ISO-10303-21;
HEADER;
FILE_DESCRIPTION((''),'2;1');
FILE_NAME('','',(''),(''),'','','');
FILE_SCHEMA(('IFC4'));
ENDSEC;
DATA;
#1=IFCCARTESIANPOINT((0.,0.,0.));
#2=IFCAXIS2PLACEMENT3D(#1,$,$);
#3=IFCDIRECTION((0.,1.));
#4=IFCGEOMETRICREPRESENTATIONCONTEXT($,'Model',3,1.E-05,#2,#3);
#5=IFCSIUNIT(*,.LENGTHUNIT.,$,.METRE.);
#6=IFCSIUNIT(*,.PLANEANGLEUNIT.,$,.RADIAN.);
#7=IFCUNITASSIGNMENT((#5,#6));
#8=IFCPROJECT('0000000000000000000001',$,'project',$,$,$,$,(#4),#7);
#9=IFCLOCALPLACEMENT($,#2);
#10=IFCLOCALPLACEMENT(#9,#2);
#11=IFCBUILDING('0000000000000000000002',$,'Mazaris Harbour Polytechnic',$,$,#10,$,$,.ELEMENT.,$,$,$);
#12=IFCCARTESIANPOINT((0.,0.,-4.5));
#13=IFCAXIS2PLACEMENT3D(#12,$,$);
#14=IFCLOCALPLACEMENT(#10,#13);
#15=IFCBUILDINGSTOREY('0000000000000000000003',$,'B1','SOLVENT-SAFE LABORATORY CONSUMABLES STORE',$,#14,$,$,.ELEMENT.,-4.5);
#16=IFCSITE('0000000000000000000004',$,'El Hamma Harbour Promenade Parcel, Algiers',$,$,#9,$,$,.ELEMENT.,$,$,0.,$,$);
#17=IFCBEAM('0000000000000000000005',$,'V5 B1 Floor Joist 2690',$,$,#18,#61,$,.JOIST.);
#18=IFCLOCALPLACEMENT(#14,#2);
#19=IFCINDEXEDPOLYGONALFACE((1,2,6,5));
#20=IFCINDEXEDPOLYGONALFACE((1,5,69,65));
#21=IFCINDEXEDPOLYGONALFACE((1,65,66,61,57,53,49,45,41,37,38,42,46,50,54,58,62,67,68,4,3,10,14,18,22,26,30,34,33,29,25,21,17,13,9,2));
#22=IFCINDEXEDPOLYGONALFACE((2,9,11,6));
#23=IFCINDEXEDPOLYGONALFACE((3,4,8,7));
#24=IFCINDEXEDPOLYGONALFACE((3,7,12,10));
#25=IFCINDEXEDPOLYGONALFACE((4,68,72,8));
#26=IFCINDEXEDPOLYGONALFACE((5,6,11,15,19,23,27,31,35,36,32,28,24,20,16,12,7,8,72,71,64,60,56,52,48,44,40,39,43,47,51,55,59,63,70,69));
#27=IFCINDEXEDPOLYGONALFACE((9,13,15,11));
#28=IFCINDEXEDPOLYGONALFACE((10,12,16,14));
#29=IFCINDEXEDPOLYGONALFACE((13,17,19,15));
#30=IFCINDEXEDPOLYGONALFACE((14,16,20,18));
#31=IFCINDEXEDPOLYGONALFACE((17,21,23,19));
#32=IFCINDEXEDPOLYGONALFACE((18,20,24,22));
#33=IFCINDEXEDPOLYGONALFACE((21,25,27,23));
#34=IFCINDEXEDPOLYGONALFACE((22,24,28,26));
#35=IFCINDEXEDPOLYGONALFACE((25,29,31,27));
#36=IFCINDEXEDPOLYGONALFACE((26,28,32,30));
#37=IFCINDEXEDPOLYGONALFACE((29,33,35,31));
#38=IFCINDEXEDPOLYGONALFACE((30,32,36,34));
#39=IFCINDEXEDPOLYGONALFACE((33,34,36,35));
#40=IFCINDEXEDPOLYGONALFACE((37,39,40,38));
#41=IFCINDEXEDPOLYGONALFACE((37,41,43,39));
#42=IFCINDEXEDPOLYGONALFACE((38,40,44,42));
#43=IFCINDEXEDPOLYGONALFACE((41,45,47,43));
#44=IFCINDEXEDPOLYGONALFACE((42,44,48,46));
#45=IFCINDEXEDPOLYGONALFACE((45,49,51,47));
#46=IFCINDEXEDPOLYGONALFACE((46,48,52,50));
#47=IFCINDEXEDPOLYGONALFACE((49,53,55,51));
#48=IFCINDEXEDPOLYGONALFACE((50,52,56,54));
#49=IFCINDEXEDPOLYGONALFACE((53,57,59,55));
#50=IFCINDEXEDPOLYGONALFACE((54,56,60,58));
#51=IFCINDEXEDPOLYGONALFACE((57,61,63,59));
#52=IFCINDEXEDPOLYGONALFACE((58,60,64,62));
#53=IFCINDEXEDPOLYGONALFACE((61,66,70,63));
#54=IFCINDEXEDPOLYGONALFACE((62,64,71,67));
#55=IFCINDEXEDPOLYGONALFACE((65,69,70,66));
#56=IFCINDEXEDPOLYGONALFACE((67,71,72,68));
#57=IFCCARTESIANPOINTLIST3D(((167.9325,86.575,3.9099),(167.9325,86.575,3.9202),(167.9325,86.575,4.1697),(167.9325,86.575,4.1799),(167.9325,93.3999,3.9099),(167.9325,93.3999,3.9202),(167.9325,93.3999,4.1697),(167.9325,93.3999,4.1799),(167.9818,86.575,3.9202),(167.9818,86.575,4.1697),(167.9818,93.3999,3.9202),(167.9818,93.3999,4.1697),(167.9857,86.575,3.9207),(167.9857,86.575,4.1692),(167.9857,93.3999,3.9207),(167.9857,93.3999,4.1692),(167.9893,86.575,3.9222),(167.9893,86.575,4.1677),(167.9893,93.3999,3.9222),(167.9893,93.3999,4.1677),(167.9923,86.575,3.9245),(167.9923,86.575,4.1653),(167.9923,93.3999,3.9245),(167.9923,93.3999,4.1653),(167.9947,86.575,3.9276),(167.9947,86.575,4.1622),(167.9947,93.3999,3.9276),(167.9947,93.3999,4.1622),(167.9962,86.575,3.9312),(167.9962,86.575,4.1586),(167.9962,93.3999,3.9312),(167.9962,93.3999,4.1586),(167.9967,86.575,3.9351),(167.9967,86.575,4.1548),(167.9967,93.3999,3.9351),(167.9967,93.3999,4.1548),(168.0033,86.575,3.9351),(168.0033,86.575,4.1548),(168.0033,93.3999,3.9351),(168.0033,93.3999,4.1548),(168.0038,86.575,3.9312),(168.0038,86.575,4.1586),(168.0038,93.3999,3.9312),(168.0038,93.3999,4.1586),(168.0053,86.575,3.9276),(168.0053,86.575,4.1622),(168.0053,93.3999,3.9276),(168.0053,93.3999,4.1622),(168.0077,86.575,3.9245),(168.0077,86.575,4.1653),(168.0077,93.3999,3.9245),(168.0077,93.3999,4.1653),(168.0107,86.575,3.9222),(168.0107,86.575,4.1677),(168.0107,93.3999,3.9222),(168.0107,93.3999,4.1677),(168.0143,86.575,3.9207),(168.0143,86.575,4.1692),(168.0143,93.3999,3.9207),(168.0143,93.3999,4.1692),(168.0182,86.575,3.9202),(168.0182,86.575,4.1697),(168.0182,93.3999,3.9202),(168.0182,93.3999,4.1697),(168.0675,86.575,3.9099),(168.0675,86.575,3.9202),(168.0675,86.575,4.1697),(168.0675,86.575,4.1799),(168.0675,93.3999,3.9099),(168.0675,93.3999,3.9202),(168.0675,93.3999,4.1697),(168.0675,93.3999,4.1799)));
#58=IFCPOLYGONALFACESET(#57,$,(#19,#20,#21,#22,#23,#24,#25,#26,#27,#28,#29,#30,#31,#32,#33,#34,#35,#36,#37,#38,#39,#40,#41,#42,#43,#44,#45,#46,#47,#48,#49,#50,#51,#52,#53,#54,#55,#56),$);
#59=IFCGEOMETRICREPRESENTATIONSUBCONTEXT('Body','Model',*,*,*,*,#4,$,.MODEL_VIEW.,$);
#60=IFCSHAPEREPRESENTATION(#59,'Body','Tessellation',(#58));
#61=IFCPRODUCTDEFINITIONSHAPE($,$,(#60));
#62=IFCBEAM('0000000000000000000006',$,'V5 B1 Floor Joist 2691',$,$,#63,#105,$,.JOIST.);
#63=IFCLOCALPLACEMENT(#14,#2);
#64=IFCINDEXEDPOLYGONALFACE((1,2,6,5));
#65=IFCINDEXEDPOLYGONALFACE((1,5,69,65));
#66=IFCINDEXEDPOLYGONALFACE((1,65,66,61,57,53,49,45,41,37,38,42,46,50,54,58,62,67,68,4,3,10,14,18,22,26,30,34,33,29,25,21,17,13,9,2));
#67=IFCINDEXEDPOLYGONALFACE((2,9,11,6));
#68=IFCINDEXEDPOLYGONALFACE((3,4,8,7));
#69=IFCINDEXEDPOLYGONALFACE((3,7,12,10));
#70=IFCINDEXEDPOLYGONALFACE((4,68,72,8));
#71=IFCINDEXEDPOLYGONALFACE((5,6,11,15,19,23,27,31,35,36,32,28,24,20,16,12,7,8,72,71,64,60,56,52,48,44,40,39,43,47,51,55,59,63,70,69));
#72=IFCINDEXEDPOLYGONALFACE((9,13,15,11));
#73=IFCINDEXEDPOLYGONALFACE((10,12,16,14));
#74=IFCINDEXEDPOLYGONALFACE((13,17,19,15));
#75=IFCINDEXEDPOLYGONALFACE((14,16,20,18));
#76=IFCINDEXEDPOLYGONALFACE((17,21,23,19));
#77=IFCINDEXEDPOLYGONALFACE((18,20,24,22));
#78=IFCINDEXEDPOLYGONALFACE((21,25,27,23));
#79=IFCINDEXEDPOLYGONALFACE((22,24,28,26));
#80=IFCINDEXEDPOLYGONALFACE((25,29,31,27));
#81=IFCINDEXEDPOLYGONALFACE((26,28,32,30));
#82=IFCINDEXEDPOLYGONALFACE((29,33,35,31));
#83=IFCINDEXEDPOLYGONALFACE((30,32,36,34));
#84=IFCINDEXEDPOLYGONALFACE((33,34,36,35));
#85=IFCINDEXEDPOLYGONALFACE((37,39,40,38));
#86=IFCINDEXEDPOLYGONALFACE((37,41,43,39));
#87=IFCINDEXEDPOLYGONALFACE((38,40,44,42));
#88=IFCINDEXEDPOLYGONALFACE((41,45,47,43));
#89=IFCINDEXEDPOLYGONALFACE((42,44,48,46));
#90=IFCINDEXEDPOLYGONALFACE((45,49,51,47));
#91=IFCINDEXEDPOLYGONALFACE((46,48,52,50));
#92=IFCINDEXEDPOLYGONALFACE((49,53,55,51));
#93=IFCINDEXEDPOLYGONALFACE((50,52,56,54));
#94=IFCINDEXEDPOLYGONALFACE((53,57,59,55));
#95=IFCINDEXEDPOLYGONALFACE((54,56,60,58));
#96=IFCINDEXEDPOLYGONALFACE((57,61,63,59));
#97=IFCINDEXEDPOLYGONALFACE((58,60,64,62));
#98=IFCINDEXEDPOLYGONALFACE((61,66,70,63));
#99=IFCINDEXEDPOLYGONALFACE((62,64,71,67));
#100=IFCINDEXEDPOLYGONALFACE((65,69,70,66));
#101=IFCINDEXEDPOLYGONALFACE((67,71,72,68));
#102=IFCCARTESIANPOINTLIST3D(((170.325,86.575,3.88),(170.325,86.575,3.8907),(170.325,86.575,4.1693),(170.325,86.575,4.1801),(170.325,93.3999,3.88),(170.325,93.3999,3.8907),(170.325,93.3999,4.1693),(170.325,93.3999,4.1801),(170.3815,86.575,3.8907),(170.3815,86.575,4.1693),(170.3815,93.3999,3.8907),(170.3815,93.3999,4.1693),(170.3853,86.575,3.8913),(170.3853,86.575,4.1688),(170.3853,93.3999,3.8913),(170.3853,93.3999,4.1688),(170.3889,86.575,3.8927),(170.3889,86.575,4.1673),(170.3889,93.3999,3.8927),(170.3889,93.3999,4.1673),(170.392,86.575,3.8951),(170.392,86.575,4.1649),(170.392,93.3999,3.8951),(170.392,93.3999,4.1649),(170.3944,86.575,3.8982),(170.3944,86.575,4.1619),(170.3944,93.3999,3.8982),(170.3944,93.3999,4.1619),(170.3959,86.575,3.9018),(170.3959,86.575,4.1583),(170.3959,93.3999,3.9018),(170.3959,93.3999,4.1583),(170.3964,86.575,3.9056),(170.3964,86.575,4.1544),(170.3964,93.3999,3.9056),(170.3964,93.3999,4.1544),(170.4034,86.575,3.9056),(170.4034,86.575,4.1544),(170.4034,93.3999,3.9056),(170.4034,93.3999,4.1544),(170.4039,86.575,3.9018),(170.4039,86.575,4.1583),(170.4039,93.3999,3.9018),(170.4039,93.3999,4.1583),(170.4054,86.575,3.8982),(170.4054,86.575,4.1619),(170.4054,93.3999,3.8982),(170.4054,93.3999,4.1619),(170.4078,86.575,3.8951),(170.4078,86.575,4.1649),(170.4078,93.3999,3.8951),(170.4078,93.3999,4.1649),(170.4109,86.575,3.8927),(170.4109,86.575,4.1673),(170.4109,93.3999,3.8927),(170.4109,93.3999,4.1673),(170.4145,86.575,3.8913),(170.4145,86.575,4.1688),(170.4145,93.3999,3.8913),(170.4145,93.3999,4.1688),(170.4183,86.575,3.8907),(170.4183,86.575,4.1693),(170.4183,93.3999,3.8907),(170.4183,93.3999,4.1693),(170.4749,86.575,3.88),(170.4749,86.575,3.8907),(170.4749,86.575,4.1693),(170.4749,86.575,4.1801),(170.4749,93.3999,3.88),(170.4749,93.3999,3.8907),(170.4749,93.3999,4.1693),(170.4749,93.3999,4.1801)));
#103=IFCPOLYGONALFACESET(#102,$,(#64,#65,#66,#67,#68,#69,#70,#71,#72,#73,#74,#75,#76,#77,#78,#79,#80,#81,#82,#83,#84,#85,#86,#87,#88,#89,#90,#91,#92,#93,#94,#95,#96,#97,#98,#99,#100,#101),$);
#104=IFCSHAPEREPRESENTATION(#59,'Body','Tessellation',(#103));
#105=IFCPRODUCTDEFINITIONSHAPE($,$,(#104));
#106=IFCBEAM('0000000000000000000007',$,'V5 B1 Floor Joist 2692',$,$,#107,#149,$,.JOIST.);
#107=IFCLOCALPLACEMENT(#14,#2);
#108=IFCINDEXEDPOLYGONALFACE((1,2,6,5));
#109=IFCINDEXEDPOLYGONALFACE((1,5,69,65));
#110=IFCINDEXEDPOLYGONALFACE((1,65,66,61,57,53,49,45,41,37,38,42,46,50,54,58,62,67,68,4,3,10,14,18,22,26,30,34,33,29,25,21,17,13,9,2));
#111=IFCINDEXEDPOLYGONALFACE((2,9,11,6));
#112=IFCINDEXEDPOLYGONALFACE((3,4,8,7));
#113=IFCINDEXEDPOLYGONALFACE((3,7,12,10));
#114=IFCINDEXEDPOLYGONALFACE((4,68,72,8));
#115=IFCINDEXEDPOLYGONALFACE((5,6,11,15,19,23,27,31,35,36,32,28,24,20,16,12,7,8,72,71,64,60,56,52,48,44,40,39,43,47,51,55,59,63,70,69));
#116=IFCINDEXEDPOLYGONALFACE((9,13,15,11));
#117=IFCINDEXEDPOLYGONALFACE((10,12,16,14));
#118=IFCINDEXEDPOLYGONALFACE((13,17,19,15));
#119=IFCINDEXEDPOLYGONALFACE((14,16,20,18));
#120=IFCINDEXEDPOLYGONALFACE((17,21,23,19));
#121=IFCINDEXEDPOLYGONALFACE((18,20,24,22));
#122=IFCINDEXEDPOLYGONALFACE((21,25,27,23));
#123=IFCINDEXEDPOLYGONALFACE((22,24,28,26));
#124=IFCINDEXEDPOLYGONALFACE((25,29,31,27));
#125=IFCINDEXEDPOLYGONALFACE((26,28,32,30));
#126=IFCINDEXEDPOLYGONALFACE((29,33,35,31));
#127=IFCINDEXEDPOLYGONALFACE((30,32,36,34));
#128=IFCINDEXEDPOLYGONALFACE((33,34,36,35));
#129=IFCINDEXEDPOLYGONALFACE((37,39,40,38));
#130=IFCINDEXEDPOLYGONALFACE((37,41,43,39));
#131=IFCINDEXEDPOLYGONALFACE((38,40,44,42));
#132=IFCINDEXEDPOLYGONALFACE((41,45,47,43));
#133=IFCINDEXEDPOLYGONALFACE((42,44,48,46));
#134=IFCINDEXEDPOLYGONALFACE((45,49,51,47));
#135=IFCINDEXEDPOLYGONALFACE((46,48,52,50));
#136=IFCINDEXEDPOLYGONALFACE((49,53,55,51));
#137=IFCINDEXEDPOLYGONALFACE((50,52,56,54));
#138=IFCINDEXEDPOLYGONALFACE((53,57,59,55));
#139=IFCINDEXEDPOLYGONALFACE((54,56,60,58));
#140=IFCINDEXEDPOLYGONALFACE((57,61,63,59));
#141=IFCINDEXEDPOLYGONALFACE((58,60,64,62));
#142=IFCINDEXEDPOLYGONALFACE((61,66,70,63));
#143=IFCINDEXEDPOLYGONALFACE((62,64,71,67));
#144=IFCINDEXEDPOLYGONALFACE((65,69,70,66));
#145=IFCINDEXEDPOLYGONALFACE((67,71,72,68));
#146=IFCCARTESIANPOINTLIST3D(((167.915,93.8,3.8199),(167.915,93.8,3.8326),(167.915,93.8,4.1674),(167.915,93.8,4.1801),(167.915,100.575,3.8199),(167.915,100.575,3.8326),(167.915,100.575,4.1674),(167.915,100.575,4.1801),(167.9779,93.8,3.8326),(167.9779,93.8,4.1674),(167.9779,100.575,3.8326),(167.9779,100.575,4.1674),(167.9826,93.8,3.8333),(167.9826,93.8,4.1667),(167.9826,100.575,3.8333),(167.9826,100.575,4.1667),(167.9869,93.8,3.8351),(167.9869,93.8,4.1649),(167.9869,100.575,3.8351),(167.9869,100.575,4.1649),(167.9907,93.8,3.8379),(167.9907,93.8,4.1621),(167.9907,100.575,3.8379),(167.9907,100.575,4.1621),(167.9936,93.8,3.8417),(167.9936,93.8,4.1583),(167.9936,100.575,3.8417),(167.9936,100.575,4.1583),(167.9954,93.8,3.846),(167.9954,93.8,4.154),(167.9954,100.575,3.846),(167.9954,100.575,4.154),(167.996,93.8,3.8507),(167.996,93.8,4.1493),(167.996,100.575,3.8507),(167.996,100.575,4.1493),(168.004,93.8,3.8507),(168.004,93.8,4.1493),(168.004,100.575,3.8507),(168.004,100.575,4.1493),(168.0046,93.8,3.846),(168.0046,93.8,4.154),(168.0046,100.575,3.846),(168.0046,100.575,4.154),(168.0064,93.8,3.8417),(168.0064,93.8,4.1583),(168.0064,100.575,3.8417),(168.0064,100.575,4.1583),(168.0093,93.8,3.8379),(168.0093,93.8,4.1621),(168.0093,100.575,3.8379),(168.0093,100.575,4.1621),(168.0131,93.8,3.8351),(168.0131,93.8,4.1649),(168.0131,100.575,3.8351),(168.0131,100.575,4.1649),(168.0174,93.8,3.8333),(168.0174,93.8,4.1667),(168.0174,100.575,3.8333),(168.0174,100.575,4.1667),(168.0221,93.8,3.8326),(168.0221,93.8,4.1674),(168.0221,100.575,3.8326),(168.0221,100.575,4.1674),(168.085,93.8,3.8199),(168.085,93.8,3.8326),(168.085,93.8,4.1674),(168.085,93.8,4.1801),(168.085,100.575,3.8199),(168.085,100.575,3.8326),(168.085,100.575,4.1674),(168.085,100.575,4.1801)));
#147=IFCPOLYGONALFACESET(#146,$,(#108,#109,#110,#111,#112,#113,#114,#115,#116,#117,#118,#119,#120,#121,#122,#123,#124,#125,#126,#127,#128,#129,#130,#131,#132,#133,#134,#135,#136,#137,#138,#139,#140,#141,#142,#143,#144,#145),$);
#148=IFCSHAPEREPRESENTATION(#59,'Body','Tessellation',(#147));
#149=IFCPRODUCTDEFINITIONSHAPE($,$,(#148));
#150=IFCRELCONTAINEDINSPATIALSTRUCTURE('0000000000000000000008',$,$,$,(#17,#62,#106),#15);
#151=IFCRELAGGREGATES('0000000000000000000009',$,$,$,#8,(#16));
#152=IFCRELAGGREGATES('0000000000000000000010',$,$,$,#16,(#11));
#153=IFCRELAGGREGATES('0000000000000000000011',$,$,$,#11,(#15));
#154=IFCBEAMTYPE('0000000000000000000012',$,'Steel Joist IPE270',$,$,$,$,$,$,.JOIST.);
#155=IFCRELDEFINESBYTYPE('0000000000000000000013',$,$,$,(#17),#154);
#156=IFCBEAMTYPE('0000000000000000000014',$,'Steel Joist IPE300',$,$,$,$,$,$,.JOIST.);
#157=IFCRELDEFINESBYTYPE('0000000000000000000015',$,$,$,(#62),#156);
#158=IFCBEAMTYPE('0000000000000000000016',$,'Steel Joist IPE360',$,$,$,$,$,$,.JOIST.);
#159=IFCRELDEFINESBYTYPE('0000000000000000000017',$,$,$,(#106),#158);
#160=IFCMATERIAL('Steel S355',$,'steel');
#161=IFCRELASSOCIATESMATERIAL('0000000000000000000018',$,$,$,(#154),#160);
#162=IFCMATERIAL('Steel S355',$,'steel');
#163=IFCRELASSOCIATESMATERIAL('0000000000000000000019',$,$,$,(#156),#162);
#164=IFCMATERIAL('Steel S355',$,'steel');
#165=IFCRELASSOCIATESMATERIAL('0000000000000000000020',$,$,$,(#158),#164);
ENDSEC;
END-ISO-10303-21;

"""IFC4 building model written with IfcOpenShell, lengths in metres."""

from ifc_helpers import new_model, si_unit, direction, frame, origin, origin_2d, place, context, subcontext, project, spatial, i_section, extrude, material, material_profile, profile_set, type_object, element, save


model = new_model("IFC4")

# Units and contexts
model_context = context("Model", 3, precision=1e-05, world=origin(), true_north=direction((0.0, 1.0)))
body_context = subcontext(model_context, "Body", "Model", "MODEL_VIEW")
ifc_project = project(units=[si_unit("LENGTHUNIT", "METRE"), si_unit("PLANEANGLEUNIT", "RADIAN")], contexts=[model_context])

# Site, building, storey
site_placement = place(None, origin())
site = spatial("IfcSite", under=ifc_project, at=site_placement, Name="El Hamma Harbour Promenade Parcel, Algiers", CompositionType="ELEMENT", RefElevation=0.0)
building_placement = place(site_placement, origin())
building = spatial("IfcBuilding", under=site, at=building_placement, Name="Mazaris Harbour Polytechnic", CompositionType="ELEMENT")
storey_placement = place(building_placement, frame((0.0, 0.0, -4.5)))
storey = spatial("IfcBuildingStorey", under=building, at=storey_placement, Name="B1", Description="SOLVENT-SAFE LABORATORY CONSUMABLES STORE", CompositionType="ELEMENT", Elevation=-4.5)

# Beams
ifc_material_1 = material(Name="Steel S355", Category="steel")
ifc_material_profile_1 = material_profile(ifc_material_1, i_section(OverallWidth=0.135, OverallDepth=0.27, WebThickness=0.0066, FlangeThickness=0.0103, FilletRadius=0.0149, at=origin_2d()), Name="IPE 270")
ifc_profile_set_1 = profile_set([ifc_material_profile_1], Name="Steel S355")
beam_type_1 = type_object("IfcBeamType", Name="Steel Joist IPE270", PredefinedType="JOIST", material=ifc_profile_set_1)
beam_1_placement = place(storey_placement, frame((168.0, 86.575, 4.0449), z_axis=(0.0, 1.0, 0.0), x_axis=(-1.0, 0.0, 0.0)))
element("IfcBeam", 1, at=beam_1_placement, inside=storey, type_object=beam_type_1, Name="V5 B1 Floor Joist 2690", PredefinedType="JOIST", context=body_context, shape_type="SweptSolid", body=[
    extrude(i_section(OverallWidth=0.135, OverallDepth=0.27, WebThickness=0.0066, FlangeThickness=0.0103, FilletRadius=0.0149, at=origin_2d()), origin(), (0.0, 0.0, 1.0), 6.825),
])
ifc_material_2 = material(Name="Steel S355", Category="steel")
ifc_material_profile_2 = material_profile(ifc_material_2, i_section(OverallWidth=0.1499, OverallDepth=0.3, WebThickness=0.0071, FlangeThickness=0.0107, FilletRadius=0.0149, at=origin_2d()), Name="IPE 300")
ifc_profile_set_2 = profile_set([ifc_material_profile_2], Name="Steel S355")
beam_type_2 = type_object("IfcBeamType", Name="Steel Joist IPE300", PredefinedType="JOIST", material=ifc_profile_set_2)
beam_2_placement = place(storey_placement, frame((170.3999, 86.575, 4.03), z_axis=(0.0, 1.0, 0.0), x_axis=(-1.0, 0.0, 0.0)))
element("IfcBeam", 2, at=beam_2_placement, inside=storey, type_object=beam_type_2, Name="V5 B1 Floor Joist 2691", PredefinedType="JOIST", context=body_context, shape_type="SweptSolid", body=[
    extrude(i_section(OverallWidth=0.1499, OverallDepth=0.3, WebThickness=0.0071, FlangeThickness=0.0107, FilletRadius=0.0149, at=origin_2d()), origin(), (0.0, 0.0, 1.0), 6.825),
])
ifc_material_3 = material(Name="Steel S355", Category="steel")
ifc_material_profile_3 = material_profile(ifc_material_3, i_section(OverallWidth=0.1699, OverallDepth=0.3601, WebThickness=0.0081, FlangeThickness=0.0127, FilletRadius=0.0181, at=origin_2d()), Name="IPE 360")
ifc_profile_set_3 = profile_set([ifc_material_profile_3], Name="Steel S355")
beam_type_3 = type_object("IfcBeamType", Name="Steel Joist IPE360", PredefinedType="JOIST", material=ifc_profile_set_3)
beam_3_placement = place(storey_placement, frame((168.0, 93.8, 4.0), z_axis=(0.0, 1.0, 0.0), x_axis=(-1.0, 0.0, 0.0)))
element("IfcBeam", 3, at=beam_3_placement, inside=storey, type_object=beam_type_3, Name="V5 B1 Floor Joist 2692", PredefinedType="JOIST", context=body_context, shape_type="SweptSolid", body=[
    extrude(i_section(OverallWidth=0.1699, OverallDepth=0.3601, WebThickness=0.0081, FlangeThickness=0.0127, FilletRadius=0.0181, at=origin_2d()), origin(), (0.0, 0.0, 1.0), 6.7749),
])

save(model, "model.ifc")
